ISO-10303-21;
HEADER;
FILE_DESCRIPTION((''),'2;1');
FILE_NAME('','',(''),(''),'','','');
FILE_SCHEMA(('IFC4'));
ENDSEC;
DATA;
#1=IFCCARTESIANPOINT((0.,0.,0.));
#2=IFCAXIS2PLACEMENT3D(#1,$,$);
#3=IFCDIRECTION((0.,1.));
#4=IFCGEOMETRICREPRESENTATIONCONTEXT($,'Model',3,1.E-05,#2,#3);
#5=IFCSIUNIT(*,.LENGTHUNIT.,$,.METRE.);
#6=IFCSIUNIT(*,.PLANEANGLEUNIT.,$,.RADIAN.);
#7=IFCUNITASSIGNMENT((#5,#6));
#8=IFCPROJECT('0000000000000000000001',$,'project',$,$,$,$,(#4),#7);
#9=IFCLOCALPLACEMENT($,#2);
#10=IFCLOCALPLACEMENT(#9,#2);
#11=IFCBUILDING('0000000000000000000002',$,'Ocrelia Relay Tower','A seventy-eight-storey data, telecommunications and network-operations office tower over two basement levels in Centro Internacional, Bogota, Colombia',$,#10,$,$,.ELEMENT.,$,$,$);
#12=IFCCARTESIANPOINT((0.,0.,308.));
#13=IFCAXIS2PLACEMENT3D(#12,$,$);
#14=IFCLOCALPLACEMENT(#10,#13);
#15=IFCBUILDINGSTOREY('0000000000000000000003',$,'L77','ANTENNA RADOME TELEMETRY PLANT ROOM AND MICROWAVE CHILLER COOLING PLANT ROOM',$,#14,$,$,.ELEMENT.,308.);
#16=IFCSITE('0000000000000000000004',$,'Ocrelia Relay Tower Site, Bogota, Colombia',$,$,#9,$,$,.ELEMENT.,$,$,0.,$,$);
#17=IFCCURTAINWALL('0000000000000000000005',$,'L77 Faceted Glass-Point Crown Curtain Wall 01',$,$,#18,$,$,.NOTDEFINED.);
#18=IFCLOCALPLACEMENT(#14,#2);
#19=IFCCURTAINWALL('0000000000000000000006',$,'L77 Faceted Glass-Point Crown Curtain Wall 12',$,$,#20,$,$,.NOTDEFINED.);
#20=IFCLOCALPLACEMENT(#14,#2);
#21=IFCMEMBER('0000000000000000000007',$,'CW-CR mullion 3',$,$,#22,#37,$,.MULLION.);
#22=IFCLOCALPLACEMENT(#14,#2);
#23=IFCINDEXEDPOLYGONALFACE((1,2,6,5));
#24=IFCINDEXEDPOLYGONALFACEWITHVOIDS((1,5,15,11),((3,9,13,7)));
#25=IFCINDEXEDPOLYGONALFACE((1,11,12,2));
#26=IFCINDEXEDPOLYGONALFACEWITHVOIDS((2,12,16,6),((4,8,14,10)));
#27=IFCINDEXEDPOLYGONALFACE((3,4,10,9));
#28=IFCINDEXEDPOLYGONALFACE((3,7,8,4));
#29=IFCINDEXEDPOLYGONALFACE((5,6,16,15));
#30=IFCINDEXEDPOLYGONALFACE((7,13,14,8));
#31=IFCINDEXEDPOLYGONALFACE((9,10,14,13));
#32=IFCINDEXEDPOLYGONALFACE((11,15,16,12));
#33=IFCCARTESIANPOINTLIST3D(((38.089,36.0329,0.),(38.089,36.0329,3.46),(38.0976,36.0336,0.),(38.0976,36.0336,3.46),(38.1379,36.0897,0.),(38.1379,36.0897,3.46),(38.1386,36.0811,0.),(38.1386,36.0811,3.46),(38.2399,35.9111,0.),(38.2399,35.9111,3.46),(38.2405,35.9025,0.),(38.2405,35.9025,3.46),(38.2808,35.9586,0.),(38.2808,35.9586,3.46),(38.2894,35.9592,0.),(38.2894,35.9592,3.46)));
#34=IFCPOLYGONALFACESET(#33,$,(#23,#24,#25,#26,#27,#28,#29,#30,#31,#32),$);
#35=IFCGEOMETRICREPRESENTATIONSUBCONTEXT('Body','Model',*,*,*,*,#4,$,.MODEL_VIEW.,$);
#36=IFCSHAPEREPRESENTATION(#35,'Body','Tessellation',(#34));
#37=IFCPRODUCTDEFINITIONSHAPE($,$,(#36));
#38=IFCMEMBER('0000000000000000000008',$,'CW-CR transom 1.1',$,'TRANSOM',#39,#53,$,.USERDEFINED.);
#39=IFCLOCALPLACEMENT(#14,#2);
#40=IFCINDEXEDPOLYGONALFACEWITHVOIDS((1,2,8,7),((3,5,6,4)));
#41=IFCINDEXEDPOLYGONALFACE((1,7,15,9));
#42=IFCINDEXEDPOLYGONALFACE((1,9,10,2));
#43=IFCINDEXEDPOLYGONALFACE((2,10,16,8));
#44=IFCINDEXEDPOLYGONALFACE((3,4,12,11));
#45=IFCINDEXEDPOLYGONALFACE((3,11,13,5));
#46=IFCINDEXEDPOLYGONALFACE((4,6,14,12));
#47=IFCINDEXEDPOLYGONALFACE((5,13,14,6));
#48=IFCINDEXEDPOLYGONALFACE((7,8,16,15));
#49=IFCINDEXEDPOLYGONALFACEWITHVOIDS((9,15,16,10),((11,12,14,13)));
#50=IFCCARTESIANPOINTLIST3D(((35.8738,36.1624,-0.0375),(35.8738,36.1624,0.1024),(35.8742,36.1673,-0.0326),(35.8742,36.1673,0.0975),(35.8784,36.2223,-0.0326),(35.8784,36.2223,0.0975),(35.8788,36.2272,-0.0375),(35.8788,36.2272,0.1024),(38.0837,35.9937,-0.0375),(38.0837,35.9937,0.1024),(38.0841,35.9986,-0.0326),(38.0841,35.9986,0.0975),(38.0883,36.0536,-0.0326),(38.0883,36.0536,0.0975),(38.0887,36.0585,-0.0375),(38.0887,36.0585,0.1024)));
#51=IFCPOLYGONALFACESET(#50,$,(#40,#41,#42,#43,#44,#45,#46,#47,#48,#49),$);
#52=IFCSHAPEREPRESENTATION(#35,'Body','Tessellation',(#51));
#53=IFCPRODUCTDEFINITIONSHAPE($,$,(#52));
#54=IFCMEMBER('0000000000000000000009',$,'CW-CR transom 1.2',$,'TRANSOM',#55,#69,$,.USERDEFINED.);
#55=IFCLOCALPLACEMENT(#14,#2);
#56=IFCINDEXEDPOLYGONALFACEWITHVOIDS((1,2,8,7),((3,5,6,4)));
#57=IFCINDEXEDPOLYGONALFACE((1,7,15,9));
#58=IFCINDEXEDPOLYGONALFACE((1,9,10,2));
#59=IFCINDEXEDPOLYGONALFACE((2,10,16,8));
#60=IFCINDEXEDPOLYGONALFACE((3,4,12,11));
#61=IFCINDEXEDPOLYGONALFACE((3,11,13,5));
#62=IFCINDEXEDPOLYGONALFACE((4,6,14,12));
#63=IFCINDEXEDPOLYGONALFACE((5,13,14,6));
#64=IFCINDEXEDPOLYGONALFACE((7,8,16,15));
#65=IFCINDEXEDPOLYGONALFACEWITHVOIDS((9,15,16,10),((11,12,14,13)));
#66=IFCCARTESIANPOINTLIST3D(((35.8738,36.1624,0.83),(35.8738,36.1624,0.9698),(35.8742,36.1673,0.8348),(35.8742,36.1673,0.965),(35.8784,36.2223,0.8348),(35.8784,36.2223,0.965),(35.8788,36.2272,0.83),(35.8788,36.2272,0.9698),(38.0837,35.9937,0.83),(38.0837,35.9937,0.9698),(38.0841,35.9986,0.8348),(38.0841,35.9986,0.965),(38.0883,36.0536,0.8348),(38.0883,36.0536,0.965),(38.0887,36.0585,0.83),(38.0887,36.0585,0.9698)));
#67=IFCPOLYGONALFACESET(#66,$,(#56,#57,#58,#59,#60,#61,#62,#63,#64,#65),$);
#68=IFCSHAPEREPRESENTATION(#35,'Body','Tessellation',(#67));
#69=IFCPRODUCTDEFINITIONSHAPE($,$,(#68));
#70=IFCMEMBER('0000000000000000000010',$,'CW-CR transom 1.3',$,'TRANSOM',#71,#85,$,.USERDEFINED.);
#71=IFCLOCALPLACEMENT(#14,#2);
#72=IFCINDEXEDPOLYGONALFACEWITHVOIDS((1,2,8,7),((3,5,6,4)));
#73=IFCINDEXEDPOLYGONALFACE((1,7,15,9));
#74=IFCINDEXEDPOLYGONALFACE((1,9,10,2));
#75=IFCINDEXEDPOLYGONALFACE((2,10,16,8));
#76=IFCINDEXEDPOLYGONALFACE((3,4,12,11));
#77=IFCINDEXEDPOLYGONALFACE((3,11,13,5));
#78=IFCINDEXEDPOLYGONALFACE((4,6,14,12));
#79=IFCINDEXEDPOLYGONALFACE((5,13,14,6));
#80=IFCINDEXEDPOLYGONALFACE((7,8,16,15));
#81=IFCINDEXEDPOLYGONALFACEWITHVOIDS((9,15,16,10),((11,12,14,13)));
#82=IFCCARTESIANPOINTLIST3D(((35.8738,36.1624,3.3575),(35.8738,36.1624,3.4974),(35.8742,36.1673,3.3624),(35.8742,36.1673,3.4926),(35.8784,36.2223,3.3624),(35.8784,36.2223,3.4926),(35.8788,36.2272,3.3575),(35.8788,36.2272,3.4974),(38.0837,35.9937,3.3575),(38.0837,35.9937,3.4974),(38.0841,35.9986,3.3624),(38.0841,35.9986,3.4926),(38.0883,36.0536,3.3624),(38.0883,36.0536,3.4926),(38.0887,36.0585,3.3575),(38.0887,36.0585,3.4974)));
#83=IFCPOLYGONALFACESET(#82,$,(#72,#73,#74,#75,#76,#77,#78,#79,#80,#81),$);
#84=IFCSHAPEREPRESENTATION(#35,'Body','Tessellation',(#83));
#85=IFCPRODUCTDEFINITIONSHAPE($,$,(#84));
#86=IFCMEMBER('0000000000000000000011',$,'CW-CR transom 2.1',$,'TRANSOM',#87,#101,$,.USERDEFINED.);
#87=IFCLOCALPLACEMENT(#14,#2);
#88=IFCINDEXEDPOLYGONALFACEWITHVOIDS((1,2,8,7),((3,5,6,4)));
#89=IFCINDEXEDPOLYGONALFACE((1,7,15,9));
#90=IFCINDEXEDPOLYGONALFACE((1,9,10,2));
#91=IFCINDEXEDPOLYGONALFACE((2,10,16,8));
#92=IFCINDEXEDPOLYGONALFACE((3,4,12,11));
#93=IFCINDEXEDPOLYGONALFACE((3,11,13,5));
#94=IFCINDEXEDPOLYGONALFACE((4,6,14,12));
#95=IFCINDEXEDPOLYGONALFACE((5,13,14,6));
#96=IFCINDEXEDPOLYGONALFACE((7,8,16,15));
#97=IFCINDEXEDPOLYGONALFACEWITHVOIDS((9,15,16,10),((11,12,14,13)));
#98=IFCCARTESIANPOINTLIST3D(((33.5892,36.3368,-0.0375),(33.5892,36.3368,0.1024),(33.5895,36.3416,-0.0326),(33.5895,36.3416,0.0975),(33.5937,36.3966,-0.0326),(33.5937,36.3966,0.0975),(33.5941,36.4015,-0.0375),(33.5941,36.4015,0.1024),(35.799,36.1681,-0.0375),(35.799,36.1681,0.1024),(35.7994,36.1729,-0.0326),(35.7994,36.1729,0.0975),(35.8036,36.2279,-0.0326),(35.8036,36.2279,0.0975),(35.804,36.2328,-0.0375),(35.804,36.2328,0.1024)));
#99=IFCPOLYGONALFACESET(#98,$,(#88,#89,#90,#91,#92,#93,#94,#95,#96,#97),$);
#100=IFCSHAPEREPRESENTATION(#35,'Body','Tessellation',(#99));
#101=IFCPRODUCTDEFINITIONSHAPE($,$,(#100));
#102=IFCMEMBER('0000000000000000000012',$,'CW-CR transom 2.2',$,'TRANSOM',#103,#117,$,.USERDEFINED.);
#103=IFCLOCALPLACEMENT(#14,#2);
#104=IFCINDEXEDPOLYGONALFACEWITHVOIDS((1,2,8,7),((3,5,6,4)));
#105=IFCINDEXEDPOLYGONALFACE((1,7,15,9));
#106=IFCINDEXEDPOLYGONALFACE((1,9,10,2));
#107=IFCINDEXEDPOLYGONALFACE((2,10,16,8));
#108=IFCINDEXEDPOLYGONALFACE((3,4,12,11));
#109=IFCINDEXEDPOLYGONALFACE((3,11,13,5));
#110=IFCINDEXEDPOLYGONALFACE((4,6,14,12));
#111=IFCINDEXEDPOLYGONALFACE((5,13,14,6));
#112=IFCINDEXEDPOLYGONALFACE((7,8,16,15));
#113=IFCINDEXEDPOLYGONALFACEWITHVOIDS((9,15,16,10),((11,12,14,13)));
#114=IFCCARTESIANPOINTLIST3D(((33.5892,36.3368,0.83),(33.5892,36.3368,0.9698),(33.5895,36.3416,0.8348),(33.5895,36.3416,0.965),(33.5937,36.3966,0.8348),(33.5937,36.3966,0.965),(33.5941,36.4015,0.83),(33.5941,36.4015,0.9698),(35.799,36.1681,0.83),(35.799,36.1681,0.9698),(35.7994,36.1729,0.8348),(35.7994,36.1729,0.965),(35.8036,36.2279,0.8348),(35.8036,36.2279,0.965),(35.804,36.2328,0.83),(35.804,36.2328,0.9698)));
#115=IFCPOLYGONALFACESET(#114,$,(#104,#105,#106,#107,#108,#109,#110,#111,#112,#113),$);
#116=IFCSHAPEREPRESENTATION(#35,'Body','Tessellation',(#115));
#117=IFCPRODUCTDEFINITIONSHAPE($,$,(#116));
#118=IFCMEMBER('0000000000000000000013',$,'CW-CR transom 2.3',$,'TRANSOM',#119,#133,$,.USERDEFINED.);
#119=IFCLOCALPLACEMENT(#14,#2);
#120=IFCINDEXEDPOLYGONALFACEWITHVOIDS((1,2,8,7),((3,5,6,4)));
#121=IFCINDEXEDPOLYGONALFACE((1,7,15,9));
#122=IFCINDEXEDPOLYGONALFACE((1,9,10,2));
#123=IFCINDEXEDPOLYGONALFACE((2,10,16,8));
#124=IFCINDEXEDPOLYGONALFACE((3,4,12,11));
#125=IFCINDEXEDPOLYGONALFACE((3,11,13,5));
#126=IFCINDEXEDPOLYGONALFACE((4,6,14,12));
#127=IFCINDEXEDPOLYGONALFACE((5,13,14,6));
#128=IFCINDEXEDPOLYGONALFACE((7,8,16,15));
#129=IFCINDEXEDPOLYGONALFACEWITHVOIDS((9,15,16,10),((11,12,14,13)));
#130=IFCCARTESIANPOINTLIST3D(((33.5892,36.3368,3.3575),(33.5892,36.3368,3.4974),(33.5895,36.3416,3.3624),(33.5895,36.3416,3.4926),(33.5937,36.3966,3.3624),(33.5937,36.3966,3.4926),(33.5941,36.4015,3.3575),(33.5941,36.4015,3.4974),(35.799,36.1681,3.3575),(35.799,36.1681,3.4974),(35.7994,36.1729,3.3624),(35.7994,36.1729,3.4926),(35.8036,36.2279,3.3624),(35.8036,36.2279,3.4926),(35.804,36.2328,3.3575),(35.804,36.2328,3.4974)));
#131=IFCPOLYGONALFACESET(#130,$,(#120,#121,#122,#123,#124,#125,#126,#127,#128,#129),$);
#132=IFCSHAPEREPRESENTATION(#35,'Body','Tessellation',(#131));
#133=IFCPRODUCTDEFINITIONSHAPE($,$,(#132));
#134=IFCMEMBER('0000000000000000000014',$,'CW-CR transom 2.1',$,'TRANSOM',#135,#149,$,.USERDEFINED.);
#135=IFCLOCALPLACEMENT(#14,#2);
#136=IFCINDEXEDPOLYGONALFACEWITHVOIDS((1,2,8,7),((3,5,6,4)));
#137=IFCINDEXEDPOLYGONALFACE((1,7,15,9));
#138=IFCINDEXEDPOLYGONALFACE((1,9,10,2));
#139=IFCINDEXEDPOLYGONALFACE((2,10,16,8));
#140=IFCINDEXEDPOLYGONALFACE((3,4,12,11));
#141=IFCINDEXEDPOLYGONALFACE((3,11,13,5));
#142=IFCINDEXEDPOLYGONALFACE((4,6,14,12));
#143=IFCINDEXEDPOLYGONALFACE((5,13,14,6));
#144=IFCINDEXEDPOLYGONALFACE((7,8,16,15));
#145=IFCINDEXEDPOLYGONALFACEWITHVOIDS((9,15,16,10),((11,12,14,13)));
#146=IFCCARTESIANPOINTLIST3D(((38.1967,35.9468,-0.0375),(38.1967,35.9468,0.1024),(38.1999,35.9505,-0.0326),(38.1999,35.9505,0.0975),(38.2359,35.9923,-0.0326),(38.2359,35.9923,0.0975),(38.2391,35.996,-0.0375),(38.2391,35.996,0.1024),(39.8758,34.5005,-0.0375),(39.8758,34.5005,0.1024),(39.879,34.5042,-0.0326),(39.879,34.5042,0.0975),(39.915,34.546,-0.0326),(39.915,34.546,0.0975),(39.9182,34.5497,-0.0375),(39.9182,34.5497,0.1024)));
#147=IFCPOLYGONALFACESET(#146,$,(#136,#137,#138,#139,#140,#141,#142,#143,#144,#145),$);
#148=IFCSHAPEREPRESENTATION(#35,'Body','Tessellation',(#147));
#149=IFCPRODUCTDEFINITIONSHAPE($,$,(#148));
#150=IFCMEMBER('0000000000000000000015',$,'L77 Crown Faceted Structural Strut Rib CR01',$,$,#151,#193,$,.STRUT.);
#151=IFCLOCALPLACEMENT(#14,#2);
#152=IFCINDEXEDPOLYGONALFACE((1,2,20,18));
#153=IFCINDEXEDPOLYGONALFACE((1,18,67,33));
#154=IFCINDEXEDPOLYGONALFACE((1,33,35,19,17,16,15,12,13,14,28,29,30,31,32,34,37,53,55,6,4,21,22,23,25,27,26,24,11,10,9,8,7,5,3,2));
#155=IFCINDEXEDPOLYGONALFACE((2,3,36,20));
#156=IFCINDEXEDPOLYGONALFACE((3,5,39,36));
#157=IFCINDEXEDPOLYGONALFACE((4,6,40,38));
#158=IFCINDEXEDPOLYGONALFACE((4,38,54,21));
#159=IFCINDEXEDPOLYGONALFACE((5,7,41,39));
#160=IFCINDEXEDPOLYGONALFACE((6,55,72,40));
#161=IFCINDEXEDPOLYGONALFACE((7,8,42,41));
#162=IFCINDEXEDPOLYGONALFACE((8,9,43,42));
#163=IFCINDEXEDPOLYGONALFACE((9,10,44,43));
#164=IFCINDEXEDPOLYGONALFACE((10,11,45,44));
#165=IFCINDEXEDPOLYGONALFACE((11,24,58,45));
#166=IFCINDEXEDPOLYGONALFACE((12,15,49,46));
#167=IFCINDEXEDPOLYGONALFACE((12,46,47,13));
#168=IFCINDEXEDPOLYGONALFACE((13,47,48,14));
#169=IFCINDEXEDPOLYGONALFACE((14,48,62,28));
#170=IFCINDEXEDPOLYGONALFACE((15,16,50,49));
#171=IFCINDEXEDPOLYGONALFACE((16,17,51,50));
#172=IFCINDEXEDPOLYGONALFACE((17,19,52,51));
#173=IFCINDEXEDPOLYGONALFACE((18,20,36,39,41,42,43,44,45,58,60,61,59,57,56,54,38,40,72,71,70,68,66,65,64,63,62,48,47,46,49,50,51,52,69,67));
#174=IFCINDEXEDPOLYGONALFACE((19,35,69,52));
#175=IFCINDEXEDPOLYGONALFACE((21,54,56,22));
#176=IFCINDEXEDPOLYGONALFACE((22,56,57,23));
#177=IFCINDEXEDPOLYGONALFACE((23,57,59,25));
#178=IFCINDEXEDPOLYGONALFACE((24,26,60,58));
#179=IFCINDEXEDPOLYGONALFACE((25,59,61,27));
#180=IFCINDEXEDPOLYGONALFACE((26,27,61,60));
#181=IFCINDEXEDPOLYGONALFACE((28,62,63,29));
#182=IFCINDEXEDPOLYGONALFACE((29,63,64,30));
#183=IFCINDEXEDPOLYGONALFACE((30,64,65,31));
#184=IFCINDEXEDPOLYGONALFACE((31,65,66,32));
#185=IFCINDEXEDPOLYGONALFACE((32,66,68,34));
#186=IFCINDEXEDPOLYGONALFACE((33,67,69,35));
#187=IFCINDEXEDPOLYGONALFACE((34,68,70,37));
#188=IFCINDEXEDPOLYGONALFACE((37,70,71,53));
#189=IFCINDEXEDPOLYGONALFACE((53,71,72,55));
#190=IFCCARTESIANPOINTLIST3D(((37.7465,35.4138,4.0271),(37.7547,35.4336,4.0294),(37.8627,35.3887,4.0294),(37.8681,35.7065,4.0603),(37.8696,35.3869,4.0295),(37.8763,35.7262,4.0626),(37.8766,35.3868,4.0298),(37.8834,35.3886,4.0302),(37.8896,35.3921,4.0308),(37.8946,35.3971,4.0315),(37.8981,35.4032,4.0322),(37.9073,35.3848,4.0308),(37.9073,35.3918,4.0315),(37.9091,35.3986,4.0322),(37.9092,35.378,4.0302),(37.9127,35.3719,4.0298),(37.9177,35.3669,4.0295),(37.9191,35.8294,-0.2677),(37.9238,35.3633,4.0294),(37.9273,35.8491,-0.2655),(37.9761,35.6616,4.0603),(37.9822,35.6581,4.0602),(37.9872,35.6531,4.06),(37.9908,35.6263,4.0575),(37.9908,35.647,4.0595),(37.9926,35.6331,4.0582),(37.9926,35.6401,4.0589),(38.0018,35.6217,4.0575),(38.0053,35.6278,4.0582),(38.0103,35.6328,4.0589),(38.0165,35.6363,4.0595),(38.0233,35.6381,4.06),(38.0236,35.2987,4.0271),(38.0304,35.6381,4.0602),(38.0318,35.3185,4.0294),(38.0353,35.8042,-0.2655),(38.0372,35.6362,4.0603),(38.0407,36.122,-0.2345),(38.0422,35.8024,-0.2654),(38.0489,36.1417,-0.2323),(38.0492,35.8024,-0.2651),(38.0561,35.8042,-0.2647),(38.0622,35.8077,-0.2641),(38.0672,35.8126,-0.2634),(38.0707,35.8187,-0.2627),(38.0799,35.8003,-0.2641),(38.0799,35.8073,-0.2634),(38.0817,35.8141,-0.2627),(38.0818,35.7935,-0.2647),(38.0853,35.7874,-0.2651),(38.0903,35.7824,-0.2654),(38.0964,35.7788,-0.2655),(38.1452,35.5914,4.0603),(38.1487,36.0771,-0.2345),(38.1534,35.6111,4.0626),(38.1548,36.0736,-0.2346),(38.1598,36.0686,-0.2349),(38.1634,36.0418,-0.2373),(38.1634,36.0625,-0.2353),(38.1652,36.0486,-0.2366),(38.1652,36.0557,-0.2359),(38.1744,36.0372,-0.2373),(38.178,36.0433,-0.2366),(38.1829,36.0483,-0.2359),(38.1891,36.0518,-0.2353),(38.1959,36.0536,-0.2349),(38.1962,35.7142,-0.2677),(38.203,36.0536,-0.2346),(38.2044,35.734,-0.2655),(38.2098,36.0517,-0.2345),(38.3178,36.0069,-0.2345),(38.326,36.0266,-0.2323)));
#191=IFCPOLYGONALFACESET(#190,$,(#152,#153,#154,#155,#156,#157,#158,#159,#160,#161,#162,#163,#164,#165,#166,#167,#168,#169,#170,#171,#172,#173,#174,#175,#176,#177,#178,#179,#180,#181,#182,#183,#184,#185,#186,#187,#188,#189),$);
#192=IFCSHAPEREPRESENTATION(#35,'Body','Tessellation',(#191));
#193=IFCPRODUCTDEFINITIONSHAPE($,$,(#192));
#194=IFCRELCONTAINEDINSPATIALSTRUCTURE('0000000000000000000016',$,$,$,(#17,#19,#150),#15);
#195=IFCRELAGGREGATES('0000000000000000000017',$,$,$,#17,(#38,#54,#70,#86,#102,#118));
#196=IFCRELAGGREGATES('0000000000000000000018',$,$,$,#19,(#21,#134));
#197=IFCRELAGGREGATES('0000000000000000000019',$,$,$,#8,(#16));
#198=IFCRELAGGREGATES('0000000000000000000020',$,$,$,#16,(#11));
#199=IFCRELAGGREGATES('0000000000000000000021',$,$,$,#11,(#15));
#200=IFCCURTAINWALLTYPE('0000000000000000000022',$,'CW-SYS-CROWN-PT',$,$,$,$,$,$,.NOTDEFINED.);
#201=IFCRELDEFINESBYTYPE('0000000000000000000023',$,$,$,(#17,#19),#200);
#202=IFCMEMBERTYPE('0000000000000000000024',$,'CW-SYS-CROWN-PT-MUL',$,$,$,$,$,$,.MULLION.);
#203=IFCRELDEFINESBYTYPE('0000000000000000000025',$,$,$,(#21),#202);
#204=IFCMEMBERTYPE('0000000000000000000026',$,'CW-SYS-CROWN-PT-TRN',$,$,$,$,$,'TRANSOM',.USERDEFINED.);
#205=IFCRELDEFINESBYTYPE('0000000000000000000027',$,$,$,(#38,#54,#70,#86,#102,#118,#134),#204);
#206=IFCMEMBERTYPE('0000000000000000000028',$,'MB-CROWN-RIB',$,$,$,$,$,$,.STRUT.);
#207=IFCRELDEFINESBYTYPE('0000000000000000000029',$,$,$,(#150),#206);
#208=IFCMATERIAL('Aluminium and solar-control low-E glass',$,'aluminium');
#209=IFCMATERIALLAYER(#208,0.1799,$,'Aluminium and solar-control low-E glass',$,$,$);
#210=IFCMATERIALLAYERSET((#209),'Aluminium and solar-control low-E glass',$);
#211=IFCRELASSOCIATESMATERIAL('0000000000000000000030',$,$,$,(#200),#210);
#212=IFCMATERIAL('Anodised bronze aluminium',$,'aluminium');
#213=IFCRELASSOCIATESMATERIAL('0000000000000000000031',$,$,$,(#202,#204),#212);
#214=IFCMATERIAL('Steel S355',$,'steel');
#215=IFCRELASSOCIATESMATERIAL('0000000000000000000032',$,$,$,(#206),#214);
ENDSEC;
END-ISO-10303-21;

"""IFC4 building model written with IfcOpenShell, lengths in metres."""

from ifc_helpers import new_model, si_unit, direction, frame, origin, origin_2d, place, context, subcontext, project, spatial, hollow_rectangle, i_section, extrude, material, layer, layer_set, material_profile, profile_set, type_object, element, aggregate, save


model = new_model("IFC4")

# Units and contexts
model_context = context("Model", 3, precision=1e-05, world=origin(), true_north=direction((0.0, 1.0)))
body_context = subcontext(model_context, "Body", "Model", "MODEL_VIEW")
ifc_project = project(units=[si_unit("LENGTHUNIT", "METRE"), si_unit("PLANEANGLEUNIT", "RADIAN")], contexts=[model_context])

# Site, building, storey
site_placement = place(None, origin())
site = spatial("IfcSite", under=ifc_project, at=site_placement, Name="Ocrelia Relay Tower Site, Bogota, Colombia", CompositionType="ELEMENT", RefElevation=0.0)
building_placement = place(site_placement, origin())
building = spatial("IfcBuilding", under=site, at=building_placement, Name="Ocrelia Relay Tower", Description="A seventy-eight-storey data, telecommunications and network-operations office tower over two basement levels in Centro Internacional, Bogota, Colombia", CompositionType="ELEMENT")
storey_placement = place(building_placement, frame((0.0, 0.0, 308.0)))
storey = spatial("IfcBuildingStorey", under=building, at=storey_placement, Name="L77", Description="ANTENNA RADOME TELEMETRY PLANT ROOM AND MICROWAVE CHILLER COOLING PLANT ROOM", CompositionType="ELEMENT", Elevation=308.0)

# Shared definitions
ifc_material_1 = material(Name="Steel S355", Category="steel")

# Curtain wall
ifc_material_2 = material(Name="Aluminium and solar-control low-E glass", Category="aluminium")
ifc_layer_1 = layer(ifc_material_2, 0.1799, Name="Aluminium and solar-control low-E glass")
ifc_layer_set_1 = layer_set([ifc_layer_1], Name="Aluminium and solar-control low-E glass")
curtain_wall_type = type_object("IfcCurtainWallType", Name="CW-SYS-CROWN-PT", PredefinedType="NOTDEFINED", material=ifc_layer_set_1)
curtain_wall_1_placement = place(storey_placement, origin())
curtain_wall_1 = element("IfcCurtainWall", 1, at=curtain_wall_1_placement, inside=storey, type_object=curtain_wall_type, Name="L77 Faceted Glass-Point Crown Curtain Wall 01", PredefinedType="NOTDEFINED")
ifc_material_3 = material(Name="Anodised bronze aluminium", Category="aluminium")
ifc_material_profile_1 = material_profile(ifc_material_3, hollow_rectangle(XDim=0.075, YDim=0.2, WallThickness=0.0061, at=origin_2d()), Name="CW-MUL-200x75")
ifc_profile_set_1 = profile_set([ifc_material_profile_1], Name="Anodised bronze aluminium")
member_type_1 = type_object("IfcMemberType", Name="CW-SYS-CROWN-PT-MUL", PredefinedType="MULLION", material=ifc_profile_set_1)

# Curtain wall, member
curtain_wall_2_placement = place(storey_placement, origin())
curtain_wall_2 = element("IfcCurtainWall", 2, at=curtain_wall_2_placement, inside=storey, type_object=curtain_wall_type, Name="L77 Faceted Glass-Point Crown Curtain Wall 12", PredefinedType="NOTDEFINED")
member_1_placement = place(storey_placement, frame((38.1892, 35.9961, 0.0), z_axis=(0.0, 0.0, 1.0), x_axis=(-0.652581, -0.757719, 0.0)))
member_1 = element("IfcMember", 3, at=member_1_placement, type_object=member_type_1, Name="CW-CR mullion 3", PredefinedType="MULLION", context=body_context, shape_type="SweptSolid", body=[
    extrude(hollow_rectangle(XDim=0.075, YDim=0.2, WallThickness=0.0061, at=origin_2d()), origin(), (0.0, 0.0, 1.0), 3.46),
])

# Members
ifc_material_profile_2 = material_profile(ifc_material_3, hollow_rectangle(XDim=0.0649, YDim=0.1399, WallThickness=0.0049, at=origin_2d()), Name="CW-TRN-140x65")
ifc_profile_set_2 = profile_set([ifc_material_profile_2], Name="Anodised bronze aluminium")
member_type_2 = type_object("IfcMemberType", Name="CW-SYS-CROWN-PT-TRN", ElementType="TRANSOM", PredefinedType="USERDEFINED", material=ifc_profile_set_2)
member_2_placement = place(storey_placement, frame((38.0862, 36.0261, 0.0325), z_axis=(-0.997099, 0.076115, 0.0), x_axis=(-0.076115, -0.997099, 0.0)))
member_2 = element("IfcMember", 4, at=member_2_placement, type_object=member_type_2, Name="CW-CR transom 1.1", ObjectType="TRANSOM", PredefinedType="USERDEFINED", context=body_context, shape_type="SweptSolid", body=[
    extrude(hollow_rectangle(XDim=0.0649, YDim=0.1399, WallThickness=0.0049, at=origin_2d()), origin(), (0.0, 0.0, 1.0), 2.2163),
])
member_3_placement = place(storey_placement, frame((38.0862, 36.0261, 0.8999), z_axis=(-0.997099, 0.076115, 0.0), x_axis=(-0.076115, -0.997099, 0.0)))
member_3 = element("IfcMember", 5, at=member_3_placement, type_object=member_type_2, Name="CW-CR transom 1.2", ObjectType="TRANSOM", PredefinedType="USERDEFINED", context=body_context, shape_type="SweptSolid", body=[
    extrude(hollow_rectangle(XDim=0.0649, YDim=0.1399, WallThickness=0.0049, at=origin_2d()), origin(), (0.0, 0.0, 1.0), 2.2163),
])
member_4_placement = place(storey_placement, frame((38.0862, 36.0261, 3.4275), z_axis=(-0.997099, 0.076115, 0.0), x_axis=(-0.076115, -0.997099, 0.0)))
member_4 = element("IfcMember", 6, at=member_4_placement, type_object=member_type_2, Name="CW-CR transom 1.3", ObjectType="TRANSOM", PredefinedType="USERDEFINED", context=body_context, shape_type="SweptSolid", body=[
    extrude(hollow_rectangle(XDim=0.0649, YDim=0.1399, WallThickness=0.0049, at=origin_2d()), origin(), (0.0, 0.0, 1.0), 2.2163),
])
member_5_placement = place(storey_placement, frame((35.8015, 36.2004, 0.0325), z_axis=(-0.997099, 0.076115, 0.0), x_axis=(-0.076115, -0.997099, 0.0)))
member_5 = element("IfcMember", 7, at=member_5_placement, type_object=member_type_2, Name="CW-CR transom 2.1", ObjectType="TRANSOM", PredefinedType="USERDEFINED", context=body_context, shape_type="SweptSolid", body=[
    extrude(hollow_rectangle(XDim=0.0649, YDim=0.1399, WallThickness=0.0049, at=origin_2d()), origin(), (0.0, 0.0, 1.0), 2.2163),
])
member_6_placement = place(storey_placement, frame((35.8015, 36.2004, 0.8999), z_axis=(-0.997099, 0.076115, 0.0), x_axis=(-0.076115, -0.997099, 0.0)))
member_6 = element("IfcMember", 8, at=member_6_placement, type_object=member_type_2, Name="CW-CR transom 2.2", ObjectType="TRANSOM", PredefinedType="USERDEFINED", context=body_context, shape_type="SweptSolid", body=[
    extrude(hollow_rectangle(XDim=0.0649, YDim=0.1399, WallThickness=0.0049, at=origin_2d()), origin(), (0.0, 0.0, 1.0), 2.2163),
])
member_7_placement = place(storey_placement, frame((35.8015, 36.2004, 3.4275), z_axis=(-0.997099, 0.076115, 0.0), x_axis=(-0.076115, -0.997099, 0.0)))
member_7 = element("IfcMember", 9, at=member_7_placement, type_object=member_type_2, Name="CW-CR transom 2.3", ObjectType="TRANSOM", PredefinedType="USERDEFINED", context=body_context, shape_type="SweptSolid", body=[
    extrude(hollow_rectangle(XDim=0.0649, YDim=0.1399, WallThickness=0.0049, at=origin_2d()), origin(), (0.0, 0.0, 1.0), 2.2163),
])
member_8_placement = place(storey_placement, frame((39.897, 34.5251, 0.0325), z_axis=(-0.757699, 0.652604, 0.0), x_axis=(-0.652604, -0.757699, 0.0)))
member_8 = element("IfcMember", 10, at=member_8_placement, type_object=member_type_2, Name="CW-CR transom 2.1", ObjectType="TRANSOM", PredefinedType="USERDEFINED", context=body_context, shape_type="SweptSolid", body=[
    extrude(hollow_rectangle(XDim=0.0649, YDim=0.1399, WallThickness=0.0049, at=origin_2d()), origin(), (0.0, 0.0, 1.0), 2.2161),
])
ifc_material_profile_3 = material_profile(ifc_material_1, i_section(OverallWidth=0.3, OverallDepth=0.3401, WebThickness=0.012, FlangeThickness=0.0215, FilletRadius=0.0271, at=origin_2d()), Name="HEB 340")
ifc_profile_set_3 = profile_set([ifc_material_profile_3], Name="Steel S355")
member_type_3 = type_object("IfcMemberType", Name="MB-CROWN-RIB", PredefinedType="STRUT", material=ifc_profile_set_3)
member_9_placement = place(storey_placement, frame((38.1226, 35.928, -0.25), z_axis=(-0.03997, -0.096222, 0.994557), x_axis=(0.923494, -0.383613, 0.0)))
element("IfcMember", 11, at=member_9_placement, inside=storey, type_object=member_type_3, Name="L77 Crown Faceted Structural Strut Rib CR01", PredefinedType="STRUT", context=body_context, shape_type="SweptSolid", body=[
    extrude(i_section(OverallWidth=0.3, OverallDepth=0.3401, WebThickness=0.012, FlangeThickness=0.0215, FilletRadius=0.0271, at=origin_2d()), origin(), (0.0, 0.0, 1.0), 4.3184),
])

aggregate(curtain_wall_1, [member_2, member_3, member_4, member_5, member_6, member_7])
aggregate(curtain_wall_2, [member_1, member_8])

save(model, "model.ifc")
